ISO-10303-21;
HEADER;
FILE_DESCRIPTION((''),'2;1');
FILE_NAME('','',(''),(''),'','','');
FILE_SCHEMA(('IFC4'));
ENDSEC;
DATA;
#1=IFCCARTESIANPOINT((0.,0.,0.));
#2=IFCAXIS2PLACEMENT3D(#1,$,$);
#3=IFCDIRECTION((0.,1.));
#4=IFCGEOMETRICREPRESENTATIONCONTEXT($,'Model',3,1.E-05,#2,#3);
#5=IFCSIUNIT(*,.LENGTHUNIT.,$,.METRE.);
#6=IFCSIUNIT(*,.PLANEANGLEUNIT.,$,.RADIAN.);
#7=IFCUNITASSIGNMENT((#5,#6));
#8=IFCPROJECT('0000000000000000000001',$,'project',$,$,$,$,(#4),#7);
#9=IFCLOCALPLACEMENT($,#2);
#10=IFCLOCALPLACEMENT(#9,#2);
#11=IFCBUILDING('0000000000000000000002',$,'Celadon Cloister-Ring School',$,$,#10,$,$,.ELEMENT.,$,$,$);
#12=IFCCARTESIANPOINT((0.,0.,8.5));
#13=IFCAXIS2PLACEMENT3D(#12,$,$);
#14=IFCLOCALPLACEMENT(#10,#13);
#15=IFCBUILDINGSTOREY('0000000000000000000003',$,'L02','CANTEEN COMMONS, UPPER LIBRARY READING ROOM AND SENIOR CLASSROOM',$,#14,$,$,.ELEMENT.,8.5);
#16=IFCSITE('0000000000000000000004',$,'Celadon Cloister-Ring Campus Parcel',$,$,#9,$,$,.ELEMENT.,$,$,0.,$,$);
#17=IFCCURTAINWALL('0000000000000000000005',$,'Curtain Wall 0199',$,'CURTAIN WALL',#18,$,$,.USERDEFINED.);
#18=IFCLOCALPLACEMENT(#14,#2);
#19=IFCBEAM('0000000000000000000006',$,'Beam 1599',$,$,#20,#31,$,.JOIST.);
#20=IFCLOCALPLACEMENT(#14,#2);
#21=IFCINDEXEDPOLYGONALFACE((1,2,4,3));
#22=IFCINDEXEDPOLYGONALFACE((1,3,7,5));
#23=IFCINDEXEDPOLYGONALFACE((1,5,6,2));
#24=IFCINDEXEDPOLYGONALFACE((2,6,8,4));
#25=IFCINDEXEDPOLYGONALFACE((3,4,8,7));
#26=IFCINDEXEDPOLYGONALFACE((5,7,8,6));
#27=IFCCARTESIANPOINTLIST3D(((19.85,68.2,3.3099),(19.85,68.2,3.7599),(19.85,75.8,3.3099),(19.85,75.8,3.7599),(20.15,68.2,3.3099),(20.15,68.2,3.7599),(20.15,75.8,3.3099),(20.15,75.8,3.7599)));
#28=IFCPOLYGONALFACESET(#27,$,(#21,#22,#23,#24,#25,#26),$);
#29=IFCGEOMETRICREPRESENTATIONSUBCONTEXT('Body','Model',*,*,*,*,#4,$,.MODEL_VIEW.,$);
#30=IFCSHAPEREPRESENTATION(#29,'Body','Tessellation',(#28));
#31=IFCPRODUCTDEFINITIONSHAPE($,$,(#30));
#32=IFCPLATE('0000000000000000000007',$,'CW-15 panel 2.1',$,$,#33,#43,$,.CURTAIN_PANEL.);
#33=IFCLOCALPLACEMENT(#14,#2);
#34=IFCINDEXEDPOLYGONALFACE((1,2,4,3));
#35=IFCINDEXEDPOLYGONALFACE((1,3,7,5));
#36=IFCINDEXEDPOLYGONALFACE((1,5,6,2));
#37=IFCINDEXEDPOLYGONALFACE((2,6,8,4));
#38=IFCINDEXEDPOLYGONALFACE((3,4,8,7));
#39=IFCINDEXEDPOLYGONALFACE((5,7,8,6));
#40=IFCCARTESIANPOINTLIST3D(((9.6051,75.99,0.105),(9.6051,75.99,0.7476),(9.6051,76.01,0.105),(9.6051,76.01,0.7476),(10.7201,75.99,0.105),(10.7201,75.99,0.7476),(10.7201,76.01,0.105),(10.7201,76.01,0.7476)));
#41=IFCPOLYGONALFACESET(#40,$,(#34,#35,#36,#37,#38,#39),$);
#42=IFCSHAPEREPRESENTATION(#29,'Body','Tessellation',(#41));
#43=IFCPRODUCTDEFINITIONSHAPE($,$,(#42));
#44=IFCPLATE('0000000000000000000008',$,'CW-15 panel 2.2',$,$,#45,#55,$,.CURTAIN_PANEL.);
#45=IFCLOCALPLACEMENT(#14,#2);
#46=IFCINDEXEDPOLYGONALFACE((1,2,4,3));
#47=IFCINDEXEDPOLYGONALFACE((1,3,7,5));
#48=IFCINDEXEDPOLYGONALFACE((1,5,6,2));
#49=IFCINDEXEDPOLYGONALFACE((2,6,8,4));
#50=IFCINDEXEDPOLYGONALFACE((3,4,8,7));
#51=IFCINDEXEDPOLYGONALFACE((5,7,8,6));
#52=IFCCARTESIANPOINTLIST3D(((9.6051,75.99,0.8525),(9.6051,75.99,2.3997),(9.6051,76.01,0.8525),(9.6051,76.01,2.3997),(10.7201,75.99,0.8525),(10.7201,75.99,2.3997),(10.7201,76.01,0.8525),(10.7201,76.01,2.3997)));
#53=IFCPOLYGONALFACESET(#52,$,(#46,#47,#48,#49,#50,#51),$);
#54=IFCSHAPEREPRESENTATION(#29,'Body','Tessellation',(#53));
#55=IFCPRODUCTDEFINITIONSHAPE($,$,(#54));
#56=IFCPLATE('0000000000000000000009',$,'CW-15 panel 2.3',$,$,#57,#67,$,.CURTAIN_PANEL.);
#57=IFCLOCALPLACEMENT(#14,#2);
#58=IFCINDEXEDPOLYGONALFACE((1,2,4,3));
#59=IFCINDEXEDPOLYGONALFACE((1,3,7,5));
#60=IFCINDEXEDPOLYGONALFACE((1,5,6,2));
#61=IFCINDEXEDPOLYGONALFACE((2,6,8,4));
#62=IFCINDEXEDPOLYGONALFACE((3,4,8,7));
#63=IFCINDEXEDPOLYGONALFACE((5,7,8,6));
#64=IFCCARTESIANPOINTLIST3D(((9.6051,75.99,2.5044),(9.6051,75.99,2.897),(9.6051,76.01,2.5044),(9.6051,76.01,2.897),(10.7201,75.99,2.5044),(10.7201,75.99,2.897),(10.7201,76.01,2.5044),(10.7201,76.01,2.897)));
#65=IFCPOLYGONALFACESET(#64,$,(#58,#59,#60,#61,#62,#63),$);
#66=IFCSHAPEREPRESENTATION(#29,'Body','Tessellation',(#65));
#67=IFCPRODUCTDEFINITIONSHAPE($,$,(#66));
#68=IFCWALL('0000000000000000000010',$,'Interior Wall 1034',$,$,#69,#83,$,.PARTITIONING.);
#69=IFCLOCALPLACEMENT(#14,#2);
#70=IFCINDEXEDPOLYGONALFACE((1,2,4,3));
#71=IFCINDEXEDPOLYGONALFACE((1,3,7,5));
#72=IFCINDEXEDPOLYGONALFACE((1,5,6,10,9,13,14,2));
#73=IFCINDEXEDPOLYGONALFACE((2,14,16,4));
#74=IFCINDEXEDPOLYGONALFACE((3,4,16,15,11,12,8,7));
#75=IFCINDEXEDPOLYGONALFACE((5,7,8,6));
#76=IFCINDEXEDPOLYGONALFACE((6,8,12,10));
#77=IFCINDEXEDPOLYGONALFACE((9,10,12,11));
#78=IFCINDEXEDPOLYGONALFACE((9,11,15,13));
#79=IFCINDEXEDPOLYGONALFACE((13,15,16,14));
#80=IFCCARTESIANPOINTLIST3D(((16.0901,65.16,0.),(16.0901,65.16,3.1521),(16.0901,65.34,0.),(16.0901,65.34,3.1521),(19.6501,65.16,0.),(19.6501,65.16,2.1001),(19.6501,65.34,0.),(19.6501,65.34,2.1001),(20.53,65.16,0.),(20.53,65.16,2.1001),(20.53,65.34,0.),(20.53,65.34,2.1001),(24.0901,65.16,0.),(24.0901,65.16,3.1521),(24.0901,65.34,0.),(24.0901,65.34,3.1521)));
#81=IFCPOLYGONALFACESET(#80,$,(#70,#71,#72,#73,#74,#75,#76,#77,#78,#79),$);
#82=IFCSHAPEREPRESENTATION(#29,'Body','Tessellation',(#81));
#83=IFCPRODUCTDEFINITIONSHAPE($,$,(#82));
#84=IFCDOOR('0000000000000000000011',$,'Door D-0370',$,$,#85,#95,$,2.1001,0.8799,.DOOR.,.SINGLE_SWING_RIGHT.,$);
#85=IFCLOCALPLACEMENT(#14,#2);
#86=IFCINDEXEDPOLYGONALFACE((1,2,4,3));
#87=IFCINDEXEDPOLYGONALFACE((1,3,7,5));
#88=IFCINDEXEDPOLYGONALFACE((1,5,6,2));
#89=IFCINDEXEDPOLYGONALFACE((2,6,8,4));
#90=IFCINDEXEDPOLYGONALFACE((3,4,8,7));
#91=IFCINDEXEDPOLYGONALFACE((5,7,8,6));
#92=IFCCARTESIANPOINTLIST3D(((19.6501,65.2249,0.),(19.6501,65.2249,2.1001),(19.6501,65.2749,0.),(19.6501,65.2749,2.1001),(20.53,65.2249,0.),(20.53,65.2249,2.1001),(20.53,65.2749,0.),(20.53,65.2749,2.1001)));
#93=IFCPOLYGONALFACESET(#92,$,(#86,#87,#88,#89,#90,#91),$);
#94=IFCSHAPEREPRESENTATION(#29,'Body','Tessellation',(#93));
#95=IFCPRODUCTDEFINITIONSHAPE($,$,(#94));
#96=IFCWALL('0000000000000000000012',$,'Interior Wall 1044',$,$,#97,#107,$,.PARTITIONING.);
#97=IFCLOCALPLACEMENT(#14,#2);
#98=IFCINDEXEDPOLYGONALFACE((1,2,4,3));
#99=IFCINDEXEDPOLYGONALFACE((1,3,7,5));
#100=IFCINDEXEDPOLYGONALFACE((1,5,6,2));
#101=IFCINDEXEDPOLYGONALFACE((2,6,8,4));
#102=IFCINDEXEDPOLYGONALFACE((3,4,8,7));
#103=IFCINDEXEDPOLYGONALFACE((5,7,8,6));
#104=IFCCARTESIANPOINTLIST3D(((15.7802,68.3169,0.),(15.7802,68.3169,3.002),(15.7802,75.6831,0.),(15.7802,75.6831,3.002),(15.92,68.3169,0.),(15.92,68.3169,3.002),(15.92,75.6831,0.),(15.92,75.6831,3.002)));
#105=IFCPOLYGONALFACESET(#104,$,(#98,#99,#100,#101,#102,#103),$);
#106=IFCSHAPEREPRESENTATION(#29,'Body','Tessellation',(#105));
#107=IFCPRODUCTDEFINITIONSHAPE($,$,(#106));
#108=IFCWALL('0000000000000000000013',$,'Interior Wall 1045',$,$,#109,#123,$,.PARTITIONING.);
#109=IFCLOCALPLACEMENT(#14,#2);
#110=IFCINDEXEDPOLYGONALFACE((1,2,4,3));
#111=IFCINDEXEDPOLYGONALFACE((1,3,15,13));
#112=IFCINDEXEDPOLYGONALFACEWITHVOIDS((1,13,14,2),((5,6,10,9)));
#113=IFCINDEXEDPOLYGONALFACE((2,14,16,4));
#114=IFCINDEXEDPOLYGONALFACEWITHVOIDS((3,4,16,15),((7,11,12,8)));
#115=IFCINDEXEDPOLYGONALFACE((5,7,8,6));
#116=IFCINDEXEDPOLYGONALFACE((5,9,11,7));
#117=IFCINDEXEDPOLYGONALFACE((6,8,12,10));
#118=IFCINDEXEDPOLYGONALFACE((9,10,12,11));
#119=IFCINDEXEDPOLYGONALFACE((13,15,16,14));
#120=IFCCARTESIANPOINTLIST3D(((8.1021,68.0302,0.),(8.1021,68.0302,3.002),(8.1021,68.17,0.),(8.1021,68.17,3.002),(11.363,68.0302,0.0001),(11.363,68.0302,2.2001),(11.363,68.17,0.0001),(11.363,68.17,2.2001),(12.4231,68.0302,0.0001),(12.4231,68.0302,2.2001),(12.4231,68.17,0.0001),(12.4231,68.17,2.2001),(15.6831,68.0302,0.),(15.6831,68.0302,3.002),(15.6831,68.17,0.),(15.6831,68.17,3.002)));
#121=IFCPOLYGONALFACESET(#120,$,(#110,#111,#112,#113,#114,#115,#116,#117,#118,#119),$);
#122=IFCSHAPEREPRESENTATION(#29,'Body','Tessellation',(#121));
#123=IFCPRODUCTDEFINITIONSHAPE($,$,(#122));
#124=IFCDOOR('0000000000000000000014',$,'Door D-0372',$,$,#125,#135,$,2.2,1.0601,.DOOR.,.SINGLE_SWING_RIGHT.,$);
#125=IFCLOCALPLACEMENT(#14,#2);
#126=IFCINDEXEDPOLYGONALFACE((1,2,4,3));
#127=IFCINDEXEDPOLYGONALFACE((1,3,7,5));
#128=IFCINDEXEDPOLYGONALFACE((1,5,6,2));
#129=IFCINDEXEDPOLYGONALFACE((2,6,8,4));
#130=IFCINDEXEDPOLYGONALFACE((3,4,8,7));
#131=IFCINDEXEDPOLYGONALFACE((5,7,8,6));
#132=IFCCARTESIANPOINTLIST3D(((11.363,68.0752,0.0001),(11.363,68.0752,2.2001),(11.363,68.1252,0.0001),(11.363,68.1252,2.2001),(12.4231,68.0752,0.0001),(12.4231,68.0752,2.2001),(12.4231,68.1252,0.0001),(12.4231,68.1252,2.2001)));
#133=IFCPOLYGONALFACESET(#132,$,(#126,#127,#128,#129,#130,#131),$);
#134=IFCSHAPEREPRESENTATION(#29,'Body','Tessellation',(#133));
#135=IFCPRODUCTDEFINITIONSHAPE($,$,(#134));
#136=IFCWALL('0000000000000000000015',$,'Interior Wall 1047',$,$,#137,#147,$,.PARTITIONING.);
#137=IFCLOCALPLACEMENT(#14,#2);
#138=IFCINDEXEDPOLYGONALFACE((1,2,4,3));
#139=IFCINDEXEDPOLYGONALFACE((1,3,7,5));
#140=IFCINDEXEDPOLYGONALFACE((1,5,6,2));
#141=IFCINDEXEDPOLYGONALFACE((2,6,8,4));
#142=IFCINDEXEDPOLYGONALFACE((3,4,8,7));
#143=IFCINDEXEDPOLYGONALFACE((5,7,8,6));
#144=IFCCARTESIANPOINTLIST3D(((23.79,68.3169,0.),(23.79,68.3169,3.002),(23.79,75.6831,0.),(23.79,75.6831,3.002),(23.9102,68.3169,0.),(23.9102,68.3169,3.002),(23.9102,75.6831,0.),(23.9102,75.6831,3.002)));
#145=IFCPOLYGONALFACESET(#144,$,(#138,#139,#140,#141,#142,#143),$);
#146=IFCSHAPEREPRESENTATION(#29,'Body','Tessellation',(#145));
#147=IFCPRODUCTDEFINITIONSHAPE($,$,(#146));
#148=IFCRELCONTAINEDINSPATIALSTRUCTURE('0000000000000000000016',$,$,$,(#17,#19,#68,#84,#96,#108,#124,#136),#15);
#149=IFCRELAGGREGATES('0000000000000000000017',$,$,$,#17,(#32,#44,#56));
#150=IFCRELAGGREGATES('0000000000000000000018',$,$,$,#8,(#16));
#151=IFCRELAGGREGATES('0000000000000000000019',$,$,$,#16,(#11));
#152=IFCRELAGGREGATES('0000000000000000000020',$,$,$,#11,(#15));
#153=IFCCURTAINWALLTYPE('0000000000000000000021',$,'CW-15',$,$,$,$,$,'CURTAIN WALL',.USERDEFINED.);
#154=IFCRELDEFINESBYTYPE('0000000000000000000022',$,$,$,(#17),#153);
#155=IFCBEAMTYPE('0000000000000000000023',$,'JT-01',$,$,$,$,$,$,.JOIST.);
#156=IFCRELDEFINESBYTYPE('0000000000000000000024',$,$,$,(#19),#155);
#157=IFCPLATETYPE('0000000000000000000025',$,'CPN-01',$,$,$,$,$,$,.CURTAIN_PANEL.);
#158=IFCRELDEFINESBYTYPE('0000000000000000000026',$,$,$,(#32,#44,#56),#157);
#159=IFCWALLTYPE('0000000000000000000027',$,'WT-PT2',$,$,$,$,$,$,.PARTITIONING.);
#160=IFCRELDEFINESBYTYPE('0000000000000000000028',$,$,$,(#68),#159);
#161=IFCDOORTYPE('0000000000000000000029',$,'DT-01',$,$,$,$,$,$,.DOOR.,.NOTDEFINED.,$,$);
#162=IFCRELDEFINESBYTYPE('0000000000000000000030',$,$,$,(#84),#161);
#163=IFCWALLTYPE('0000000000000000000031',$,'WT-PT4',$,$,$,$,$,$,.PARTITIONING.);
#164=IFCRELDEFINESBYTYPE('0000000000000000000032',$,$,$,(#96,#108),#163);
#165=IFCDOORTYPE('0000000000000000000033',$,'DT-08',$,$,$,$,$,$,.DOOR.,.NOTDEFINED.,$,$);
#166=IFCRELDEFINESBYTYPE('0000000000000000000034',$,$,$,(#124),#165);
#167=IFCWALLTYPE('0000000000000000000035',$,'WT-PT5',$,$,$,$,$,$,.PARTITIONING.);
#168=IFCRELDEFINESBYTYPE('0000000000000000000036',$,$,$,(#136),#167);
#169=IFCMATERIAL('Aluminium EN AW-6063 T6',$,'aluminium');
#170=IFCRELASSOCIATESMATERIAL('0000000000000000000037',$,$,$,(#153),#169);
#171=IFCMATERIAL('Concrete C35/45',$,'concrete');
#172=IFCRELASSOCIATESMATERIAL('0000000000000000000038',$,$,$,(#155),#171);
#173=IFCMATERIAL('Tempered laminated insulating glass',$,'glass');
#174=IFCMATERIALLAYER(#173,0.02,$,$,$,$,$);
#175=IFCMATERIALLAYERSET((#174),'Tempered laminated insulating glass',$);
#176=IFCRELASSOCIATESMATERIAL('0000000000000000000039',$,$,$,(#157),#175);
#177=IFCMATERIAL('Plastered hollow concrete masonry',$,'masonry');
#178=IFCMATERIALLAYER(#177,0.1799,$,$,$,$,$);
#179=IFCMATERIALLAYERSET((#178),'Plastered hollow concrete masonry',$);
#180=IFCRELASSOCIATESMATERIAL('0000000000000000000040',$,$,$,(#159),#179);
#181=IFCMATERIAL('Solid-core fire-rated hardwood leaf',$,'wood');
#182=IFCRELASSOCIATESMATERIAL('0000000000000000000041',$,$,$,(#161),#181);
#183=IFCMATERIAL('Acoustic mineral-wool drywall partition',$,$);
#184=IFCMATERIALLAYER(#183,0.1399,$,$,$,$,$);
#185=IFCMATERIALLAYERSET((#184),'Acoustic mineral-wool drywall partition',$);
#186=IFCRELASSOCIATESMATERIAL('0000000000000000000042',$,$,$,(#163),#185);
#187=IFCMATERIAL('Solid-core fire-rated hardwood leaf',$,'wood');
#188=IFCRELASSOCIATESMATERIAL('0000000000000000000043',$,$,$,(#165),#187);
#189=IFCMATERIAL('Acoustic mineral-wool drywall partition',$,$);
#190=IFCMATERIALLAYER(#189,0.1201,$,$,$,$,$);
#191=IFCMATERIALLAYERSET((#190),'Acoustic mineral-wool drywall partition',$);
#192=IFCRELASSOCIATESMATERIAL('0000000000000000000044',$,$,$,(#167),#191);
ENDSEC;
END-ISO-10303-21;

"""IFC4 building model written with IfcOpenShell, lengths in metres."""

from ifc_helpers import new_model, si_unit, direction, frame, frame_2d, origin, origin_2d, place, context, subcontext, project, spatial, rectangle, extrude, material, layer, layer_set, material_profile, profile_set, type_object, element, fill, aggregate, save


model = new_model("IFC4")

# Units and contexts
model_context = context("Model", 3, precision=1e-05, world=origin(), true_north=direction((0.0, 1.0)))
body_context = subcontext(model_context, "Body", "Model", "MODEL_VIEW")
ifc_project = project(units=[si_unit("LENGTHUNIT", "METRE"), si_unit("PLANEANGLEUNIT", "RADIAN")], contexts=[model_context])

# Site, building, storey
site_placement = place(None, origin())
site = spatial("IfcSite", under=ifc_project, at=site_placement, Name="Celadon Cloister-Ring Campus Parcel", CompositionType="ELEMENT", RefElevation=0.0)
building_placement = place(site_placement, origin())
building = spatial("IfcBuilding", under=site, at=building_placement, Name="Celadon Cloister-Ring School", CompositionType="ELEMENT")
storey_placement = place(building_placement, frame((0.0, 0.0, 8.5)))
storey = spatial("IfcBuildingStorey", under=building, at=storey_placement, Name="L02", Description="CANTEEN COMMONS, UPPER LIBRARY READING ROOM AND SENIOR CLASSROOM", CompositionType="ELEMENT", Elevation=8.5)

# Curtain wall
ifc_material_1 = material(Name="Aluminium EN AW-6063 T6", Category="aluminium")
curtain_wall_type = type_object("IfcCurtainWallType", Name="CW-15", ElementType="CURTAIN WALL", PredefinedType="USERDEFINED", material=ifc_material_1)
curtain_wall_placement = place(storey_placement, origin())
curtain_wall = element("IfcCurtainWall", 1, at=curtain_wall_placement, inside=storey, type_object=curtain_wall_type, Name="Curtain Wall 0199", ObjectType="CURTAIN WALL", PredefinedType="USERDEFINED")

# Beam
ifc_material_2 = material(Name="Concrete C35/45", Category="concrete")
ifc_material_profile_1 = material_profile(ifc_material_2, rectangle(XDim=0.3, YDim=0.45, at=origin_2d()), Name="RC300X450")
ifc_profile_set_1 = profile_set([ifc_material_profile_1], Name="Concrete C35/45")
beam_type_1 = type_object("IfcBeamType", Name="JT-01", PredefinedType="JOIST", material=ifc_profile_set_1)
for number, where, z_axis, x_axis, name in (
    (2, (20.0, 68.2, 3.5349), (0.0, 1.0, 0.0), (-1.0, 0.0, 0.0), "Beam 1599"),
):
    element("IfcBeam", number, at=place(storey_placement, frame(where, z_axis=z_axis, x_axis=x_axis)), inside=storey, type_object=beam_type_1, Name=name, PredefinedType="JOIST", context=body_context, shape_type="SweptSolid", body=[
        extrude(rectangle(XDim=0.3, YDim=0.45, at=origin_2d()), origin(), (0.0, 0.0, 1.0), 7.6001),
    ])

# Plates
ifc_material_3 = material(Name="Tempered laminated insulating glass", Category="glass")
ifc_layer_1 = layer(ifc_material_3, 0.02)
ifc_layer_set_1 = layer_set([ifc_layer_1], Name="Tempered laminated insulating glass")
plate_type = type_object("IfcPlateType", Name="CPN-01", PredefinedType="CURTAIN_PANEL", material=ifc_layer_set_1)
plate_1_placement = place(storey_placement, frame((10.1626, 76.0, 0.105), z_axis=(0.0, 0.0, 1.0), x_axis=(1.0, 0.0, 0.0)))
plate_1 = element("IfcPlate", 3, at=plate_1_placement, type_object=plate_type, Name="CW-15 panel 2.1", PredefinedType="CURTAIN_PANEL", context=body_context, shape_type="SweptSolid", body=[
    extrude(rectangle(XDim=1.115, YDim=0.02, at=origin_2d()), origin(), (0.0, 0.0, 1.0), 0.6426),
])
plate_2_placement = place(storey_placement, frame((10.1626, 76.0, 0.8525), z_axis=(0.0, 0.0, 1.0), x_axis=(1.0, 0.0, 0.0)))
plate_2 = element("IfcPlate", 4, at=plate_2_placement, type_object=plate_type, Name="CW-15 panel 2.2", PredefinedType="CURTAIN_PANEL", context=body_context, shape_type="SweptSolid", body=[
    extrude(rectangle(XDim=1.115, YDim=0.02, at=origin_2d()), origin(), (0.0, 0.0, 1.0), 1.5471),
])
plate_3_placement = place(storey_placement, frame((10.1626, 76.0, 2.5044), z_axis=(0.0, 0.0, 1.0), x_axis=(1.0, 0.0, 0.0)))
plate_3 = element("IfcPlate", 5, at=plate_3_placement, type_object=plate_type, Name="CW-15 panel 2.3", PredefinedType="CURTAIN_PANEL", context=body_context, shape_type="SweptSolid", body=[
    extrude(rectangle(XDim=1.115, YDim=0.02, at=origin_2d()), origin(), (0.0, 0.0, 1.0), 0.3926),
])
aggregate(curtain_wall, [plate_1, plate_2, plate_3])

# Wall, opening, door
ifc_material_4 = material(Name="Plastered hollow concrete masonry", Category="masonry")
ifc_layer_2 = layer(ifc_material_4, 0.1799)
ifc_layer_set_2 = layer_set([ifc_layer_2], Name="Plastered hollow concrete masonry")
wall_type_1 = type_object("IfcWallType", Name="WT-PT2", PredefinedType="PARTITIONING", material=ifc_layer_set_2)
wall_1_placement = place(storey_placement, frame((16.0901, 65.25, 0.0), z_axis=(0.0, 0.0, 1.0), x_axis=(1.0, 0.0, 0.0)))
wall_1 = element("IfcWall", 6, at=wall_1_placement, inside=storey, type_object=wall_type_1, Name="Interior Wall 1034", PredefinedType="PARTITIONING", context=body_context, shape_type="SweptSolid", body=[
    extrude(rectangle(XDim=8.0, YDim=0.1799, at=frame_2d((4.0, 0.0))), origin(), (0.0, 0.0, 1.0), 3.1521),
])
opening_1_placement = place(wall_1_placement, frame((3.5601, 0.0, 0.0)))
opening_1 = element("IfcOpeningElement", 7, at=opening_1_placement, cuts=wall_1, PredefinedType="OPENING", context=body_context, shape_type="SweptSolid", body=[
    extrude(rectangle(XDim=0.8799, YDim=2.1001, at=frame_2d((0.4399, 1.05))), frame((0.0, 0.1001, 0.0), z_axis=(0.0, -1.0, 0.0), x_axis=(1.0, 0.0, 0.0)), (0.0, 0.0, 1.0), 0.2),
])
ifc_material_5 = material(Name="Solid-core fire-rated hardwood leaf", Category="wood")
door_type_1 = type_object("IfcDoorType", Name="DT-01", OperationType="NOTDEFINED", PredefinedType="DOOR", material=ifc_material_5)
door_1_placement = place(opening_1_placement, origin())
door_1 = element("IfcDoor", 8, at=door_1_placement, inside=storey, type_object=door_type_1, Name="Door D-0370", OperationType="SINGLE_SWING_RIGHT", OverallHeight=2.1001, OverallWidth=0.8799, PredefinedType="DOOR", context=body_context, shape_type="SweptSolid", body=[
    extrude(rectangle(XDim=0.8799, YDim=2.1001, at=frame_2d((0.4399, 1.05))), frame((0.0, 0.0249, 0.0), z_axis=(0.0, -1.0, 0.0), x_axis=(1.0, 0.0, 0.0)), (0.0, 0.0, 1.0), 0.05),
])
fill(opening_1, door_1)

# Wall
ifc_material_6 = material(Name="Acoustic mineral-wool drywall partition")
ifc_layer_3 = layer(ifc_material_6, 0.1399)
ifc_layer_set_3 = layer_set([ifc_layer_3], Name="Acoustic mineral-wool drywall partition")
wall_type_2 = type_object("IfcWallType", Name="WT-PT4", PredefinedType="PARTITIONING", material=ifc_layer_set_3)
wall_2_placement = place(storey_placement, frame((15.8501, 75.6831, 0.0), z_axis=(0.0, 0.0, 1.0), x_axis=(0.0, -1.0, 0.0)))
element("IfcWall", 9, at=wall_2_placement, inside=storey, type_object=wall_type_2, Name="Interior Wall 1044", PredefinedType="PARTITIONING", context=body_context, shape_type="SweptSolid", body=[
    extrude(rectangle(XDim=7.3662, YDim=0.1399, at=frame_2d((3.6831, 0.0))), origin(), (0.0, 0.0, 1.0), 3.002),
])

# Wall, opening, door
wall_3_placement = place(storey_placement, frame((15.6831, 68.1001, 0.0), z_axis=(0.0, 0.0, 1.0), x_axis=(-1.0, 0.0, 0.0)))
wall_3 = element("IfcWall", 10, at=wall_3_placement, inside=storey, type_object=wall_type_2, Name="Interior Wall 1045", PredefinedType="PARTITIONING", context=body_context, shape_type="SweptSolid", body=[
    extrude(rectangle(XDim=7.5811, YDim=0.1399, at=frame_2d((3.7905, 0.0))), origin(), (0.0, 0.0, 1.0), 3.002),
])
opening_2_placement = place(wall_3_placement, frame((3.26, 0.0, 0.0)))
opening_2 = element("IfcOpeningElement", 11, at=opening_2_placement, cuts=wall_3, PredefinedType="OPENING", context=body_context, shape_type="SweptSolid", body=[
    extrude(rectangle(XDim=1.0601, YDim=2.2, at=frame_2d((0.53, 1.1001))), frame((0.0, 0.0801, 0.0), z_axis=(0.0, -1.0, 0.0), x_axis=(1.0, 0.0, 0.0)), (0.0, 0.0, 1.0), 0.1599),
])
ifc_material_7 = material(Name="Solid-core fire-rated hardwood leaf", Category="wood")
door_type_2 = type_object("IfcDoorType", Name="DT-08", OperationType="NOTDEFINED", PredefinedType="DOOR", material=ifc_material_7)
door_2_placement = place(opening_2_placement, origin())
door_2 = element("IfcDoor", 12, at=door_2_placement, inside=storey, type_object=door_type_2, Name="Door D-0372", OperationType="SINGLE_SWING_RIGHT", OverallHeight=2.2, OverallWidth=1.0601, PredefinedType="DOOR", context=body_context, shape_type="SweptSolid", body=[
    extrude(rectangle(XDim=1.0601, YDim=2.2, at=frame_2d((0.53, 1.1001))), frame((0.0, 0.0249, 0.0), z_axis=(0.0, -1.0, 0.0), x_axis=(1.0, 0.0, 0.0)), (0.0, 0.0, 1.0), 0.05),
])
fill(opening_2, door_2)

# Wall
ifc_material_8 = material(Name="Acoustic mineral-wool drywall partition")
ifc_layer_4 = layer(ifc_material_8, 0.1201)
ifc_layer_set_4 = layer_set([ifc_layer_4], Name="Acoustic mineral-wool drywall partition")
wall_type_3 = type_object("IfcWallType", Name="WT-PT5", PredefinedType="PARTITIONING", material=ifc_layer_set_4)
wall_4_placement = place(storey_placement, frame((23.8501, 75.6831, 0.0), z_axis=(0.0, 0.0, 1.0), x_axis=(0.0, -1.0, 0.0)))
element("IfcWall", 13, at=wall_4_placement, inside=storey, type_object=wall_type_3, Name="Interior Wall 1047", PredefinedType="PARTITIONING", context=body_context, shape_type="SweptSolid", body=[
    extrude(rectangle(XDim=7.3662, YDim=0.1201, at=frame_2d((3.6831, 0.0))), origin(), (0.0, 0.0, 1.0), 3.002),
])

save(model, "model.ifc")
